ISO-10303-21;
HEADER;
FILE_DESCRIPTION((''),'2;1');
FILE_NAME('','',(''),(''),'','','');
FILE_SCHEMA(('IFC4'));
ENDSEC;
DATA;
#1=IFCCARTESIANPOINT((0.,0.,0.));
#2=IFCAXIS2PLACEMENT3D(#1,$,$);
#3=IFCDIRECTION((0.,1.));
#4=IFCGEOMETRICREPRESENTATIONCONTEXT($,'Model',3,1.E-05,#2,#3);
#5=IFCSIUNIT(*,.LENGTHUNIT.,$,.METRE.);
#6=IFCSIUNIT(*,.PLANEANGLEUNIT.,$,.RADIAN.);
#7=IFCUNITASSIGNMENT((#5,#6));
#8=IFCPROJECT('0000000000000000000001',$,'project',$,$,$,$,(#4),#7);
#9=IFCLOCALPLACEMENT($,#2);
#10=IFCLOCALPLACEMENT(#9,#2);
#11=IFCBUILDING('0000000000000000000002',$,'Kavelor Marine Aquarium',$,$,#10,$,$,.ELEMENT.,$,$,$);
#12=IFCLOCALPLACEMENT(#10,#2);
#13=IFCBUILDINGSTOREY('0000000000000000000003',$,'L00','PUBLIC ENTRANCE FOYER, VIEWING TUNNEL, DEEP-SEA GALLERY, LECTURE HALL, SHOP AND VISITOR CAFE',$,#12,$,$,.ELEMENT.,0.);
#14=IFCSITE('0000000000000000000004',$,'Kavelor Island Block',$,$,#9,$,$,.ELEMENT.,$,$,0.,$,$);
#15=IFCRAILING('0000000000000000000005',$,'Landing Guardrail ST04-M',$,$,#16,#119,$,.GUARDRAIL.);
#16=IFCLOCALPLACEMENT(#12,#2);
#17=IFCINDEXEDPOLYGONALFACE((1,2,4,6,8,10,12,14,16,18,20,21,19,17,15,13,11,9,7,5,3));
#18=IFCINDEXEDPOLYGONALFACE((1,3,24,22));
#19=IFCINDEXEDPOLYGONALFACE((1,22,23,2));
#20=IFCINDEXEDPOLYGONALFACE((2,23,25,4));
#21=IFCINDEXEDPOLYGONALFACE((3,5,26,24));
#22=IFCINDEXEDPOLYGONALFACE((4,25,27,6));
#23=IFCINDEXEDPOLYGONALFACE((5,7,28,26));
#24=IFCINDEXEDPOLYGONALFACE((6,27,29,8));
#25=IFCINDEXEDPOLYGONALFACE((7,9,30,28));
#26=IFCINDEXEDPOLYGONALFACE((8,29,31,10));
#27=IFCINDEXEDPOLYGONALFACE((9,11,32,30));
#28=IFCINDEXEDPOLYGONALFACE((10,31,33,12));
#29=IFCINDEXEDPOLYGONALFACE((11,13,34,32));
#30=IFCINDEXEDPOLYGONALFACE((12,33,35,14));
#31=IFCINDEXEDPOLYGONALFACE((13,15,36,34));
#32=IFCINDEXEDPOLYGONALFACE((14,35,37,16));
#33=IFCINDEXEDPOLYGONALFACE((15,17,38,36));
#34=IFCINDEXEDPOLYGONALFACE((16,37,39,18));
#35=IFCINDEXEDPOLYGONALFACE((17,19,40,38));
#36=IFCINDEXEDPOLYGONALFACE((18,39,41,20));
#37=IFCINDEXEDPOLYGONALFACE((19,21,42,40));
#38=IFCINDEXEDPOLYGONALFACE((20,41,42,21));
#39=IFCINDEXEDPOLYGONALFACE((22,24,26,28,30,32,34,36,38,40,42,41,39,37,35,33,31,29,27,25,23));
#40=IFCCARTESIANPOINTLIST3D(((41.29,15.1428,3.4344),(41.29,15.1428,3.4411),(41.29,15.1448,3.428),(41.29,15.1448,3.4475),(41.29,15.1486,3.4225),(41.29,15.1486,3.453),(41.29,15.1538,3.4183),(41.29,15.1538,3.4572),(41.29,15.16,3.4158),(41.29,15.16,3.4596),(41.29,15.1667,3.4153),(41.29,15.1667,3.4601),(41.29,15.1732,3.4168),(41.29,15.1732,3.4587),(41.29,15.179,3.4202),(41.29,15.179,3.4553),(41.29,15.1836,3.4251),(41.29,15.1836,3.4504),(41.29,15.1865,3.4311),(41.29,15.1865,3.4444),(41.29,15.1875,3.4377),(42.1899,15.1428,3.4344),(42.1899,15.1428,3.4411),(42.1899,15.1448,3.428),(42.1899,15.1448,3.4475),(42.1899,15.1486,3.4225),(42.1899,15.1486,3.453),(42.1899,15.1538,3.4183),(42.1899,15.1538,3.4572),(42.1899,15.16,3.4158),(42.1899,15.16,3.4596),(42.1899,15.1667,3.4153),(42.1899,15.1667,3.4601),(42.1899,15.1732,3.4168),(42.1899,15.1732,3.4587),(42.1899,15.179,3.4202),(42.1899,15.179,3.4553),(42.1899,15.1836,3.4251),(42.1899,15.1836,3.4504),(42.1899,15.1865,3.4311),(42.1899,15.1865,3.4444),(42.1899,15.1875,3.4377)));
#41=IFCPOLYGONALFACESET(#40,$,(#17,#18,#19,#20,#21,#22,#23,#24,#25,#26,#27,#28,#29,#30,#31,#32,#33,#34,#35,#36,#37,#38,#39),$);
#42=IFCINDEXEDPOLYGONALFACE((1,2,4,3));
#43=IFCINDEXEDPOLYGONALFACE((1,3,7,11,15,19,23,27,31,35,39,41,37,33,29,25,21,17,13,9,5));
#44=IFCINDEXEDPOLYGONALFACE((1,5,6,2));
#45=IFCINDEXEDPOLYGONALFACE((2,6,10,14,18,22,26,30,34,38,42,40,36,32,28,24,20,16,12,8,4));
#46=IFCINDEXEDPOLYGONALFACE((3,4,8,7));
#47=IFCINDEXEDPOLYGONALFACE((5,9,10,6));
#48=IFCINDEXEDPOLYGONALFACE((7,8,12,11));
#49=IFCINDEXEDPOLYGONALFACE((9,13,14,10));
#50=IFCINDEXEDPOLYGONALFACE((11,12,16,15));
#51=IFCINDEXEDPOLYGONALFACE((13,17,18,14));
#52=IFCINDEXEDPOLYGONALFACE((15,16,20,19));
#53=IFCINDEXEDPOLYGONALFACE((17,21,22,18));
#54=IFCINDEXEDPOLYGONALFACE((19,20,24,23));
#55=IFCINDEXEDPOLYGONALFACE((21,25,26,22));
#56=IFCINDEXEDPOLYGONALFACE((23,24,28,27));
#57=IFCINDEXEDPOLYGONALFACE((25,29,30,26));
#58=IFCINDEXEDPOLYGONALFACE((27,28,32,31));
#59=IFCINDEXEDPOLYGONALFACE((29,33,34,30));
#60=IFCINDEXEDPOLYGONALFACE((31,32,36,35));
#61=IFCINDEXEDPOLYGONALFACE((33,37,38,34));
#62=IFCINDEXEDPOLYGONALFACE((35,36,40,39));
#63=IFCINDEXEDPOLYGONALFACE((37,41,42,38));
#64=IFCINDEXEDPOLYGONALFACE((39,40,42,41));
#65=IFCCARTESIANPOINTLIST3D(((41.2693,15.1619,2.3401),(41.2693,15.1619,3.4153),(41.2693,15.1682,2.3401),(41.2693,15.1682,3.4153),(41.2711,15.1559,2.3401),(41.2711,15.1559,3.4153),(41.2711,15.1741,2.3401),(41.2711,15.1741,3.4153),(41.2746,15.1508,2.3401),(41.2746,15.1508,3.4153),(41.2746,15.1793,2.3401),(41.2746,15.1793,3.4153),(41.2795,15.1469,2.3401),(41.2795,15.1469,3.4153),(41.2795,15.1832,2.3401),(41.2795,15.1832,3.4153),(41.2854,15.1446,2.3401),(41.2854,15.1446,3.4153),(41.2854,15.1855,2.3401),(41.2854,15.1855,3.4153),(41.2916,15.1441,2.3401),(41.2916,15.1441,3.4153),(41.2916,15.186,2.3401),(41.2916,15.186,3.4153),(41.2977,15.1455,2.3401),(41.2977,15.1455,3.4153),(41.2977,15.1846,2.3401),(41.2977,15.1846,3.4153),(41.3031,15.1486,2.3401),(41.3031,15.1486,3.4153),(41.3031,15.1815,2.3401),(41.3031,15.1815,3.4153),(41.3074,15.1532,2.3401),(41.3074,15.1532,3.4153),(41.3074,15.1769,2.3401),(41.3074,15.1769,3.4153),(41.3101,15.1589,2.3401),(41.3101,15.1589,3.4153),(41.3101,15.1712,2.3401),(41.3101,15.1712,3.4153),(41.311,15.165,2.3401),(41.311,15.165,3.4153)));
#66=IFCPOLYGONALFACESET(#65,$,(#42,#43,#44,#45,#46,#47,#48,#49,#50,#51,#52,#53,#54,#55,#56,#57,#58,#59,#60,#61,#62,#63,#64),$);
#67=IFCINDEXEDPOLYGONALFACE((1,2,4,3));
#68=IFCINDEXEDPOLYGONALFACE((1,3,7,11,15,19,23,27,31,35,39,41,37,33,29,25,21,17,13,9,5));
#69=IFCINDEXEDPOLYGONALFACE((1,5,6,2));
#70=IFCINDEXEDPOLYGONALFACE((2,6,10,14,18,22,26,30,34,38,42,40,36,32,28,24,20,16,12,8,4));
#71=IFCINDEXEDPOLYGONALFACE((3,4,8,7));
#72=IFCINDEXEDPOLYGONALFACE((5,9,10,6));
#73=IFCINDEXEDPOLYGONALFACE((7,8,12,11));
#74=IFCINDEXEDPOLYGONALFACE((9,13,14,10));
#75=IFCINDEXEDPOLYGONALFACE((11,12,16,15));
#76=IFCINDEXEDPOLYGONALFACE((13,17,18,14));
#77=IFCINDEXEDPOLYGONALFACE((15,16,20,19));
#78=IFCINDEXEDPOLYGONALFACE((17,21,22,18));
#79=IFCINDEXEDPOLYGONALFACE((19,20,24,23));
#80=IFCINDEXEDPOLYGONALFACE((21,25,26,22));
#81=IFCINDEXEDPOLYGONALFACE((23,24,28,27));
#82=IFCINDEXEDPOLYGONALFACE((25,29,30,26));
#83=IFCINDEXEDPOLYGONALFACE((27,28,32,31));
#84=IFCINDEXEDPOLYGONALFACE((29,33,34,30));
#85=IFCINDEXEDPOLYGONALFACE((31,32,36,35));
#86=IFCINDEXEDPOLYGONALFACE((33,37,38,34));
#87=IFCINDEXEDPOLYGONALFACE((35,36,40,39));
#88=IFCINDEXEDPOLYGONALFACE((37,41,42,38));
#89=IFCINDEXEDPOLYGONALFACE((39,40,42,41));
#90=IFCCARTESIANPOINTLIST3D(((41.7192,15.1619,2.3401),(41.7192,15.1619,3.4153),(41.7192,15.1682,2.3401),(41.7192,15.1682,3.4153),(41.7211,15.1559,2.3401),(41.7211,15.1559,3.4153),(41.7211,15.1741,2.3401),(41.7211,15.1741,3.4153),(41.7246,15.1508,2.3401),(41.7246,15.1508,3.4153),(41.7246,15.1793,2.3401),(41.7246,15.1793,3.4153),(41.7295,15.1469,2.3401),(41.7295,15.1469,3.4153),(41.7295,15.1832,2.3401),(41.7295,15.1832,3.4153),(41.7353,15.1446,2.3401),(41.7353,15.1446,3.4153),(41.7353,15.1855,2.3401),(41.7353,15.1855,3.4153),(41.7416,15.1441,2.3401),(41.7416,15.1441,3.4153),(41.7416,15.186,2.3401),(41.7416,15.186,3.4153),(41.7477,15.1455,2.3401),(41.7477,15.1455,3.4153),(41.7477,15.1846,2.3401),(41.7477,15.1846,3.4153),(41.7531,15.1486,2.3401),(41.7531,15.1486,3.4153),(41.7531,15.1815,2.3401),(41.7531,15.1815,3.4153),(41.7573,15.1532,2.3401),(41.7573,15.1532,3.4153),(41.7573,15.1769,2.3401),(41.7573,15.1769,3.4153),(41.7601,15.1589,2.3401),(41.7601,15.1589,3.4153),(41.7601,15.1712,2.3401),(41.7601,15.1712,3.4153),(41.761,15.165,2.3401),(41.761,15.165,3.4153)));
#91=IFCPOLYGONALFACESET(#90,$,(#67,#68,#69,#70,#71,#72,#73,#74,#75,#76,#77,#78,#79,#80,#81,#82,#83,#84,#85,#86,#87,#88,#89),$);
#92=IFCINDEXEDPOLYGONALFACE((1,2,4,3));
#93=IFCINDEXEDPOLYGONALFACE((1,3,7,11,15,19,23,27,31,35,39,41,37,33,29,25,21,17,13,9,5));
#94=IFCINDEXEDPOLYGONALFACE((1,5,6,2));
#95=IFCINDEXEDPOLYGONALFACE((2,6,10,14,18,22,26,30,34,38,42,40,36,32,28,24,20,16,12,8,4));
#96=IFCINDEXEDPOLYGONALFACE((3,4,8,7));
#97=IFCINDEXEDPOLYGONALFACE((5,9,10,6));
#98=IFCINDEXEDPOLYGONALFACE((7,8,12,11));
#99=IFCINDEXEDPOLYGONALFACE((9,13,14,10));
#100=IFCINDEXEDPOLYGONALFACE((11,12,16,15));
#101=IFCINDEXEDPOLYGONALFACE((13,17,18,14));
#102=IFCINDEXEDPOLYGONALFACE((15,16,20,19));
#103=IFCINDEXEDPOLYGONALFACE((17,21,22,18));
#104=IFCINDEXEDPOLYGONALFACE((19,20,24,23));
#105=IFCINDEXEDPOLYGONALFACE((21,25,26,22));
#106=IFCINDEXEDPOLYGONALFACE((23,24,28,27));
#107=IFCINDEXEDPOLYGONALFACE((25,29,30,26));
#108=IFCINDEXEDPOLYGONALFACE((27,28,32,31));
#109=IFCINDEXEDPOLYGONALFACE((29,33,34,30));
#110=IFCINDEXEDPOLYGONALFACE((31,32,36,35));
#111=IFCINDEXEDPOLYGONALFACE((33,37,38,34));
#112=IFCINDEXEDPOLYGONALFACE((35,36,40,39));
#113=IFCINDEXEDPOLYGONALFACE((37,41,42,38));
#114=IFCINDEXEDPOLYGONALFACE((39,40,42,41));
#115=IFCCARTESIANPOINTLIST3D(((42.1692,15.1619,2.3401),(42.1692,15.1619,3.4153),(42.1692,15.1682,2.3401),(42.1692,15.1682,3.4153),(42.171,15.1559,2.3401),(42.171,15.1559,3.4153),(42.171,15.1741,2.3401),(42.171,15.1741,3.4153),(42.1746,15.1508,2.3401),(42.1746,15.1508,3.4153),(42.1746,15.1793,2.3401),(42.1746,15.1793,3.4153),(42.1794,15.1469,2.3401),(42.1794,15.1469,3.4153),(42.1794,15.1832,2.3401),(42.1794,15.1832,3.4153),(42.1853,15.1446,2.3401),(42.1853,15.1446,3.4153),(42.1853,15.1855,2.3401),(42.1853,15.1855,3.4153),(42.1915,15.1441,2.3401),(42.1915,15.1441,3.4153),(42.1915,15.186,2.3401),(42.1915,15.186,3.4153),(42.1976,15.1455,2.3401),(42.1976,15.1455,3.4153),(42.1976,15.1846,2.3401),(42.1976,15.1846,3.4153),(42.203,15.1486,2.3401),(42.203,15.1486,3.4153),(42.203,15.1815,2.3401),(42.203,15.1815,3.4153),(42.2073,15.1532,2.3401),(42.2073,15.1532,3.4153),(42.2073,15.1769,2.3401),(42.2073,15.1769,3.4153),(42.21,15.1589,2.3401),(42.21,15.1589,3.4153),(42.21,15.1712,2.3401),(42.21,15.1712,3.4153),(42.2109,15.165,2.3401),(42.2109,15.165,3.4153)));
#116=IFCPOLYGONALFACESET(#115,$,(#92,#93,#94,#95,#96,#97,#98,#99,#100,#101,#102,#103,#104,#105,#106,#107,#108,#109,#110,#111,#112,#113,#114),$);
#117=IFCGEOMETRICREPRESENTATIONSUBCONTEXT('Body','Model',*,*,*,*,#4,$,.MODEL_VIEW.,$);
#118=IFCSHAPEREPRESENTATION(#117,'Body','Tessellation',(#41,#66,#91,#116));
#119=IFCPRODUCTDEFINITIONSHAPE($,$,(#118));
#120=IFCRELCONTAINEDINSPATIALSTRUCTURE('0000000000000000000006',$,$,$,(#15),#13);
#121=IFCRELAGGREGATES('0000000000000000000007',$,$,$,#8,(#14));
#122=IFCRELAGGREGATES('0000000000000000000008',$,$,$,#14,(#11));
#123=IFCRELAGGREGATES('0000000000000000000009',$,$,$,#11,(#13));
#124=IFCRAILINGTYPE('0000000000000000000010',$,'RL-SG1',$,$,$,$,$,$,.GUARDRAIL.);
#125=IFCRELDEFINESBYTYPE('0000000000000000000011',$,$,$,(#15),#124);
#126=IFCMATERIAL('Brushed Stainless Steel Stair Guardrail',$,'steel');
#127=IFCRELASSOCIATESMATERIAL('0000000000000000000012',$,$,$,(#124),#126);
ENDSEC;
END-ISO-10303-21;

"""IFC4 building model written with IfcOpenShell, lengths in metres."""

from ifc_helpers import new_model, si_unit, direction, frame, origin, origin_2d, place, context, subcontext, project, spatial, circle, extrude, material, type_object, element, save


model = new_model("IFC4")

# Units and contexts
model_context = context("Model", 3, precision=1e-05, world=origin(), true_north=direction((0.0, 1.0)))
body_context = subcontext(model_context, "Body", "Model", "MODEL_VIEW")
ifc_project = project(units=[si_unit("LENGTHUNIT", "METRE"), si_unit("PLANEANGLEUNIT", "RADIAN")], contexts=[model_context])

# Site, building, storey
site_placement = place(None, origin())
site = spatial("IfcSite", under=ifc_project, at=site_placement, Name="Kavelor Island Block", CompositionType="ELEMENT", RefElevation=0.0)
building_placement = place(site_placement, origin())
building = spatial("IfcBuilding", under=site, at=building_placement, Name="Kavelor Marine Aquarium", CompositionType="ELEMENT")
storey_placement = place(building_placement, origin())
storey = spatial("IfcBuildingStorey", under=building, at=storey_placement, Name="L00", Description="PUBLIC ENTRANCE FOYER, VIEWING TUNNEL, DEEP-SEA GALLERY, LECTURE HALL, SHOP AND VISITOR CAFE", CompositionType="ELEMENT", Elevation=0.0)

# Railing
ifc_material_1 = material(Name="Brushed Stainless Steel Stair Guardrail", Category="steel")
railing_type_1 = type_object("IfcRailingType", Name="RL-SG1", PredefinedType="GUARDRAIL", material=ifc_material_1)
railing_1_placement = place(storey_placement, frame((41.29, 15.165, 2.3401)))
element("IfcRailing", 1, at=railing_1_placement, inside=storey, type_object=railing_type_1, Name="Landing Guardrail ST04-M", PredefinedType="GUARDRAIL", context=body_context, shape_type="SweptSolid", body=[
    extrude(circle(Radius=0.0225, at=origin_2d()), frame((0.0, 0.0, 1.0977), z_axis=(1.0, 0.0, 0.0), x_axis=(0.0, 1.0, 0.0)), (0.0, 0.0, 1.0), 0.8999),
    extrude(circle(Radius=0.021, at=origin_2d()), origin(), (0.0, 0.0, 1.0), 1.0752),
    extrude(circle(Radius=0.021, at=origin_2d()), frame((0.45, 0.0, 0.0)), (0.0, 0.0, 1.0), 1.0752),
    extrude(circle(Radius=0.021, at=origin_2d()), frame((0.8999, 0.0, 0.0)), (0.0, 0.0, 1.0), 1.0752),
])

save(model, "model.ifc")
